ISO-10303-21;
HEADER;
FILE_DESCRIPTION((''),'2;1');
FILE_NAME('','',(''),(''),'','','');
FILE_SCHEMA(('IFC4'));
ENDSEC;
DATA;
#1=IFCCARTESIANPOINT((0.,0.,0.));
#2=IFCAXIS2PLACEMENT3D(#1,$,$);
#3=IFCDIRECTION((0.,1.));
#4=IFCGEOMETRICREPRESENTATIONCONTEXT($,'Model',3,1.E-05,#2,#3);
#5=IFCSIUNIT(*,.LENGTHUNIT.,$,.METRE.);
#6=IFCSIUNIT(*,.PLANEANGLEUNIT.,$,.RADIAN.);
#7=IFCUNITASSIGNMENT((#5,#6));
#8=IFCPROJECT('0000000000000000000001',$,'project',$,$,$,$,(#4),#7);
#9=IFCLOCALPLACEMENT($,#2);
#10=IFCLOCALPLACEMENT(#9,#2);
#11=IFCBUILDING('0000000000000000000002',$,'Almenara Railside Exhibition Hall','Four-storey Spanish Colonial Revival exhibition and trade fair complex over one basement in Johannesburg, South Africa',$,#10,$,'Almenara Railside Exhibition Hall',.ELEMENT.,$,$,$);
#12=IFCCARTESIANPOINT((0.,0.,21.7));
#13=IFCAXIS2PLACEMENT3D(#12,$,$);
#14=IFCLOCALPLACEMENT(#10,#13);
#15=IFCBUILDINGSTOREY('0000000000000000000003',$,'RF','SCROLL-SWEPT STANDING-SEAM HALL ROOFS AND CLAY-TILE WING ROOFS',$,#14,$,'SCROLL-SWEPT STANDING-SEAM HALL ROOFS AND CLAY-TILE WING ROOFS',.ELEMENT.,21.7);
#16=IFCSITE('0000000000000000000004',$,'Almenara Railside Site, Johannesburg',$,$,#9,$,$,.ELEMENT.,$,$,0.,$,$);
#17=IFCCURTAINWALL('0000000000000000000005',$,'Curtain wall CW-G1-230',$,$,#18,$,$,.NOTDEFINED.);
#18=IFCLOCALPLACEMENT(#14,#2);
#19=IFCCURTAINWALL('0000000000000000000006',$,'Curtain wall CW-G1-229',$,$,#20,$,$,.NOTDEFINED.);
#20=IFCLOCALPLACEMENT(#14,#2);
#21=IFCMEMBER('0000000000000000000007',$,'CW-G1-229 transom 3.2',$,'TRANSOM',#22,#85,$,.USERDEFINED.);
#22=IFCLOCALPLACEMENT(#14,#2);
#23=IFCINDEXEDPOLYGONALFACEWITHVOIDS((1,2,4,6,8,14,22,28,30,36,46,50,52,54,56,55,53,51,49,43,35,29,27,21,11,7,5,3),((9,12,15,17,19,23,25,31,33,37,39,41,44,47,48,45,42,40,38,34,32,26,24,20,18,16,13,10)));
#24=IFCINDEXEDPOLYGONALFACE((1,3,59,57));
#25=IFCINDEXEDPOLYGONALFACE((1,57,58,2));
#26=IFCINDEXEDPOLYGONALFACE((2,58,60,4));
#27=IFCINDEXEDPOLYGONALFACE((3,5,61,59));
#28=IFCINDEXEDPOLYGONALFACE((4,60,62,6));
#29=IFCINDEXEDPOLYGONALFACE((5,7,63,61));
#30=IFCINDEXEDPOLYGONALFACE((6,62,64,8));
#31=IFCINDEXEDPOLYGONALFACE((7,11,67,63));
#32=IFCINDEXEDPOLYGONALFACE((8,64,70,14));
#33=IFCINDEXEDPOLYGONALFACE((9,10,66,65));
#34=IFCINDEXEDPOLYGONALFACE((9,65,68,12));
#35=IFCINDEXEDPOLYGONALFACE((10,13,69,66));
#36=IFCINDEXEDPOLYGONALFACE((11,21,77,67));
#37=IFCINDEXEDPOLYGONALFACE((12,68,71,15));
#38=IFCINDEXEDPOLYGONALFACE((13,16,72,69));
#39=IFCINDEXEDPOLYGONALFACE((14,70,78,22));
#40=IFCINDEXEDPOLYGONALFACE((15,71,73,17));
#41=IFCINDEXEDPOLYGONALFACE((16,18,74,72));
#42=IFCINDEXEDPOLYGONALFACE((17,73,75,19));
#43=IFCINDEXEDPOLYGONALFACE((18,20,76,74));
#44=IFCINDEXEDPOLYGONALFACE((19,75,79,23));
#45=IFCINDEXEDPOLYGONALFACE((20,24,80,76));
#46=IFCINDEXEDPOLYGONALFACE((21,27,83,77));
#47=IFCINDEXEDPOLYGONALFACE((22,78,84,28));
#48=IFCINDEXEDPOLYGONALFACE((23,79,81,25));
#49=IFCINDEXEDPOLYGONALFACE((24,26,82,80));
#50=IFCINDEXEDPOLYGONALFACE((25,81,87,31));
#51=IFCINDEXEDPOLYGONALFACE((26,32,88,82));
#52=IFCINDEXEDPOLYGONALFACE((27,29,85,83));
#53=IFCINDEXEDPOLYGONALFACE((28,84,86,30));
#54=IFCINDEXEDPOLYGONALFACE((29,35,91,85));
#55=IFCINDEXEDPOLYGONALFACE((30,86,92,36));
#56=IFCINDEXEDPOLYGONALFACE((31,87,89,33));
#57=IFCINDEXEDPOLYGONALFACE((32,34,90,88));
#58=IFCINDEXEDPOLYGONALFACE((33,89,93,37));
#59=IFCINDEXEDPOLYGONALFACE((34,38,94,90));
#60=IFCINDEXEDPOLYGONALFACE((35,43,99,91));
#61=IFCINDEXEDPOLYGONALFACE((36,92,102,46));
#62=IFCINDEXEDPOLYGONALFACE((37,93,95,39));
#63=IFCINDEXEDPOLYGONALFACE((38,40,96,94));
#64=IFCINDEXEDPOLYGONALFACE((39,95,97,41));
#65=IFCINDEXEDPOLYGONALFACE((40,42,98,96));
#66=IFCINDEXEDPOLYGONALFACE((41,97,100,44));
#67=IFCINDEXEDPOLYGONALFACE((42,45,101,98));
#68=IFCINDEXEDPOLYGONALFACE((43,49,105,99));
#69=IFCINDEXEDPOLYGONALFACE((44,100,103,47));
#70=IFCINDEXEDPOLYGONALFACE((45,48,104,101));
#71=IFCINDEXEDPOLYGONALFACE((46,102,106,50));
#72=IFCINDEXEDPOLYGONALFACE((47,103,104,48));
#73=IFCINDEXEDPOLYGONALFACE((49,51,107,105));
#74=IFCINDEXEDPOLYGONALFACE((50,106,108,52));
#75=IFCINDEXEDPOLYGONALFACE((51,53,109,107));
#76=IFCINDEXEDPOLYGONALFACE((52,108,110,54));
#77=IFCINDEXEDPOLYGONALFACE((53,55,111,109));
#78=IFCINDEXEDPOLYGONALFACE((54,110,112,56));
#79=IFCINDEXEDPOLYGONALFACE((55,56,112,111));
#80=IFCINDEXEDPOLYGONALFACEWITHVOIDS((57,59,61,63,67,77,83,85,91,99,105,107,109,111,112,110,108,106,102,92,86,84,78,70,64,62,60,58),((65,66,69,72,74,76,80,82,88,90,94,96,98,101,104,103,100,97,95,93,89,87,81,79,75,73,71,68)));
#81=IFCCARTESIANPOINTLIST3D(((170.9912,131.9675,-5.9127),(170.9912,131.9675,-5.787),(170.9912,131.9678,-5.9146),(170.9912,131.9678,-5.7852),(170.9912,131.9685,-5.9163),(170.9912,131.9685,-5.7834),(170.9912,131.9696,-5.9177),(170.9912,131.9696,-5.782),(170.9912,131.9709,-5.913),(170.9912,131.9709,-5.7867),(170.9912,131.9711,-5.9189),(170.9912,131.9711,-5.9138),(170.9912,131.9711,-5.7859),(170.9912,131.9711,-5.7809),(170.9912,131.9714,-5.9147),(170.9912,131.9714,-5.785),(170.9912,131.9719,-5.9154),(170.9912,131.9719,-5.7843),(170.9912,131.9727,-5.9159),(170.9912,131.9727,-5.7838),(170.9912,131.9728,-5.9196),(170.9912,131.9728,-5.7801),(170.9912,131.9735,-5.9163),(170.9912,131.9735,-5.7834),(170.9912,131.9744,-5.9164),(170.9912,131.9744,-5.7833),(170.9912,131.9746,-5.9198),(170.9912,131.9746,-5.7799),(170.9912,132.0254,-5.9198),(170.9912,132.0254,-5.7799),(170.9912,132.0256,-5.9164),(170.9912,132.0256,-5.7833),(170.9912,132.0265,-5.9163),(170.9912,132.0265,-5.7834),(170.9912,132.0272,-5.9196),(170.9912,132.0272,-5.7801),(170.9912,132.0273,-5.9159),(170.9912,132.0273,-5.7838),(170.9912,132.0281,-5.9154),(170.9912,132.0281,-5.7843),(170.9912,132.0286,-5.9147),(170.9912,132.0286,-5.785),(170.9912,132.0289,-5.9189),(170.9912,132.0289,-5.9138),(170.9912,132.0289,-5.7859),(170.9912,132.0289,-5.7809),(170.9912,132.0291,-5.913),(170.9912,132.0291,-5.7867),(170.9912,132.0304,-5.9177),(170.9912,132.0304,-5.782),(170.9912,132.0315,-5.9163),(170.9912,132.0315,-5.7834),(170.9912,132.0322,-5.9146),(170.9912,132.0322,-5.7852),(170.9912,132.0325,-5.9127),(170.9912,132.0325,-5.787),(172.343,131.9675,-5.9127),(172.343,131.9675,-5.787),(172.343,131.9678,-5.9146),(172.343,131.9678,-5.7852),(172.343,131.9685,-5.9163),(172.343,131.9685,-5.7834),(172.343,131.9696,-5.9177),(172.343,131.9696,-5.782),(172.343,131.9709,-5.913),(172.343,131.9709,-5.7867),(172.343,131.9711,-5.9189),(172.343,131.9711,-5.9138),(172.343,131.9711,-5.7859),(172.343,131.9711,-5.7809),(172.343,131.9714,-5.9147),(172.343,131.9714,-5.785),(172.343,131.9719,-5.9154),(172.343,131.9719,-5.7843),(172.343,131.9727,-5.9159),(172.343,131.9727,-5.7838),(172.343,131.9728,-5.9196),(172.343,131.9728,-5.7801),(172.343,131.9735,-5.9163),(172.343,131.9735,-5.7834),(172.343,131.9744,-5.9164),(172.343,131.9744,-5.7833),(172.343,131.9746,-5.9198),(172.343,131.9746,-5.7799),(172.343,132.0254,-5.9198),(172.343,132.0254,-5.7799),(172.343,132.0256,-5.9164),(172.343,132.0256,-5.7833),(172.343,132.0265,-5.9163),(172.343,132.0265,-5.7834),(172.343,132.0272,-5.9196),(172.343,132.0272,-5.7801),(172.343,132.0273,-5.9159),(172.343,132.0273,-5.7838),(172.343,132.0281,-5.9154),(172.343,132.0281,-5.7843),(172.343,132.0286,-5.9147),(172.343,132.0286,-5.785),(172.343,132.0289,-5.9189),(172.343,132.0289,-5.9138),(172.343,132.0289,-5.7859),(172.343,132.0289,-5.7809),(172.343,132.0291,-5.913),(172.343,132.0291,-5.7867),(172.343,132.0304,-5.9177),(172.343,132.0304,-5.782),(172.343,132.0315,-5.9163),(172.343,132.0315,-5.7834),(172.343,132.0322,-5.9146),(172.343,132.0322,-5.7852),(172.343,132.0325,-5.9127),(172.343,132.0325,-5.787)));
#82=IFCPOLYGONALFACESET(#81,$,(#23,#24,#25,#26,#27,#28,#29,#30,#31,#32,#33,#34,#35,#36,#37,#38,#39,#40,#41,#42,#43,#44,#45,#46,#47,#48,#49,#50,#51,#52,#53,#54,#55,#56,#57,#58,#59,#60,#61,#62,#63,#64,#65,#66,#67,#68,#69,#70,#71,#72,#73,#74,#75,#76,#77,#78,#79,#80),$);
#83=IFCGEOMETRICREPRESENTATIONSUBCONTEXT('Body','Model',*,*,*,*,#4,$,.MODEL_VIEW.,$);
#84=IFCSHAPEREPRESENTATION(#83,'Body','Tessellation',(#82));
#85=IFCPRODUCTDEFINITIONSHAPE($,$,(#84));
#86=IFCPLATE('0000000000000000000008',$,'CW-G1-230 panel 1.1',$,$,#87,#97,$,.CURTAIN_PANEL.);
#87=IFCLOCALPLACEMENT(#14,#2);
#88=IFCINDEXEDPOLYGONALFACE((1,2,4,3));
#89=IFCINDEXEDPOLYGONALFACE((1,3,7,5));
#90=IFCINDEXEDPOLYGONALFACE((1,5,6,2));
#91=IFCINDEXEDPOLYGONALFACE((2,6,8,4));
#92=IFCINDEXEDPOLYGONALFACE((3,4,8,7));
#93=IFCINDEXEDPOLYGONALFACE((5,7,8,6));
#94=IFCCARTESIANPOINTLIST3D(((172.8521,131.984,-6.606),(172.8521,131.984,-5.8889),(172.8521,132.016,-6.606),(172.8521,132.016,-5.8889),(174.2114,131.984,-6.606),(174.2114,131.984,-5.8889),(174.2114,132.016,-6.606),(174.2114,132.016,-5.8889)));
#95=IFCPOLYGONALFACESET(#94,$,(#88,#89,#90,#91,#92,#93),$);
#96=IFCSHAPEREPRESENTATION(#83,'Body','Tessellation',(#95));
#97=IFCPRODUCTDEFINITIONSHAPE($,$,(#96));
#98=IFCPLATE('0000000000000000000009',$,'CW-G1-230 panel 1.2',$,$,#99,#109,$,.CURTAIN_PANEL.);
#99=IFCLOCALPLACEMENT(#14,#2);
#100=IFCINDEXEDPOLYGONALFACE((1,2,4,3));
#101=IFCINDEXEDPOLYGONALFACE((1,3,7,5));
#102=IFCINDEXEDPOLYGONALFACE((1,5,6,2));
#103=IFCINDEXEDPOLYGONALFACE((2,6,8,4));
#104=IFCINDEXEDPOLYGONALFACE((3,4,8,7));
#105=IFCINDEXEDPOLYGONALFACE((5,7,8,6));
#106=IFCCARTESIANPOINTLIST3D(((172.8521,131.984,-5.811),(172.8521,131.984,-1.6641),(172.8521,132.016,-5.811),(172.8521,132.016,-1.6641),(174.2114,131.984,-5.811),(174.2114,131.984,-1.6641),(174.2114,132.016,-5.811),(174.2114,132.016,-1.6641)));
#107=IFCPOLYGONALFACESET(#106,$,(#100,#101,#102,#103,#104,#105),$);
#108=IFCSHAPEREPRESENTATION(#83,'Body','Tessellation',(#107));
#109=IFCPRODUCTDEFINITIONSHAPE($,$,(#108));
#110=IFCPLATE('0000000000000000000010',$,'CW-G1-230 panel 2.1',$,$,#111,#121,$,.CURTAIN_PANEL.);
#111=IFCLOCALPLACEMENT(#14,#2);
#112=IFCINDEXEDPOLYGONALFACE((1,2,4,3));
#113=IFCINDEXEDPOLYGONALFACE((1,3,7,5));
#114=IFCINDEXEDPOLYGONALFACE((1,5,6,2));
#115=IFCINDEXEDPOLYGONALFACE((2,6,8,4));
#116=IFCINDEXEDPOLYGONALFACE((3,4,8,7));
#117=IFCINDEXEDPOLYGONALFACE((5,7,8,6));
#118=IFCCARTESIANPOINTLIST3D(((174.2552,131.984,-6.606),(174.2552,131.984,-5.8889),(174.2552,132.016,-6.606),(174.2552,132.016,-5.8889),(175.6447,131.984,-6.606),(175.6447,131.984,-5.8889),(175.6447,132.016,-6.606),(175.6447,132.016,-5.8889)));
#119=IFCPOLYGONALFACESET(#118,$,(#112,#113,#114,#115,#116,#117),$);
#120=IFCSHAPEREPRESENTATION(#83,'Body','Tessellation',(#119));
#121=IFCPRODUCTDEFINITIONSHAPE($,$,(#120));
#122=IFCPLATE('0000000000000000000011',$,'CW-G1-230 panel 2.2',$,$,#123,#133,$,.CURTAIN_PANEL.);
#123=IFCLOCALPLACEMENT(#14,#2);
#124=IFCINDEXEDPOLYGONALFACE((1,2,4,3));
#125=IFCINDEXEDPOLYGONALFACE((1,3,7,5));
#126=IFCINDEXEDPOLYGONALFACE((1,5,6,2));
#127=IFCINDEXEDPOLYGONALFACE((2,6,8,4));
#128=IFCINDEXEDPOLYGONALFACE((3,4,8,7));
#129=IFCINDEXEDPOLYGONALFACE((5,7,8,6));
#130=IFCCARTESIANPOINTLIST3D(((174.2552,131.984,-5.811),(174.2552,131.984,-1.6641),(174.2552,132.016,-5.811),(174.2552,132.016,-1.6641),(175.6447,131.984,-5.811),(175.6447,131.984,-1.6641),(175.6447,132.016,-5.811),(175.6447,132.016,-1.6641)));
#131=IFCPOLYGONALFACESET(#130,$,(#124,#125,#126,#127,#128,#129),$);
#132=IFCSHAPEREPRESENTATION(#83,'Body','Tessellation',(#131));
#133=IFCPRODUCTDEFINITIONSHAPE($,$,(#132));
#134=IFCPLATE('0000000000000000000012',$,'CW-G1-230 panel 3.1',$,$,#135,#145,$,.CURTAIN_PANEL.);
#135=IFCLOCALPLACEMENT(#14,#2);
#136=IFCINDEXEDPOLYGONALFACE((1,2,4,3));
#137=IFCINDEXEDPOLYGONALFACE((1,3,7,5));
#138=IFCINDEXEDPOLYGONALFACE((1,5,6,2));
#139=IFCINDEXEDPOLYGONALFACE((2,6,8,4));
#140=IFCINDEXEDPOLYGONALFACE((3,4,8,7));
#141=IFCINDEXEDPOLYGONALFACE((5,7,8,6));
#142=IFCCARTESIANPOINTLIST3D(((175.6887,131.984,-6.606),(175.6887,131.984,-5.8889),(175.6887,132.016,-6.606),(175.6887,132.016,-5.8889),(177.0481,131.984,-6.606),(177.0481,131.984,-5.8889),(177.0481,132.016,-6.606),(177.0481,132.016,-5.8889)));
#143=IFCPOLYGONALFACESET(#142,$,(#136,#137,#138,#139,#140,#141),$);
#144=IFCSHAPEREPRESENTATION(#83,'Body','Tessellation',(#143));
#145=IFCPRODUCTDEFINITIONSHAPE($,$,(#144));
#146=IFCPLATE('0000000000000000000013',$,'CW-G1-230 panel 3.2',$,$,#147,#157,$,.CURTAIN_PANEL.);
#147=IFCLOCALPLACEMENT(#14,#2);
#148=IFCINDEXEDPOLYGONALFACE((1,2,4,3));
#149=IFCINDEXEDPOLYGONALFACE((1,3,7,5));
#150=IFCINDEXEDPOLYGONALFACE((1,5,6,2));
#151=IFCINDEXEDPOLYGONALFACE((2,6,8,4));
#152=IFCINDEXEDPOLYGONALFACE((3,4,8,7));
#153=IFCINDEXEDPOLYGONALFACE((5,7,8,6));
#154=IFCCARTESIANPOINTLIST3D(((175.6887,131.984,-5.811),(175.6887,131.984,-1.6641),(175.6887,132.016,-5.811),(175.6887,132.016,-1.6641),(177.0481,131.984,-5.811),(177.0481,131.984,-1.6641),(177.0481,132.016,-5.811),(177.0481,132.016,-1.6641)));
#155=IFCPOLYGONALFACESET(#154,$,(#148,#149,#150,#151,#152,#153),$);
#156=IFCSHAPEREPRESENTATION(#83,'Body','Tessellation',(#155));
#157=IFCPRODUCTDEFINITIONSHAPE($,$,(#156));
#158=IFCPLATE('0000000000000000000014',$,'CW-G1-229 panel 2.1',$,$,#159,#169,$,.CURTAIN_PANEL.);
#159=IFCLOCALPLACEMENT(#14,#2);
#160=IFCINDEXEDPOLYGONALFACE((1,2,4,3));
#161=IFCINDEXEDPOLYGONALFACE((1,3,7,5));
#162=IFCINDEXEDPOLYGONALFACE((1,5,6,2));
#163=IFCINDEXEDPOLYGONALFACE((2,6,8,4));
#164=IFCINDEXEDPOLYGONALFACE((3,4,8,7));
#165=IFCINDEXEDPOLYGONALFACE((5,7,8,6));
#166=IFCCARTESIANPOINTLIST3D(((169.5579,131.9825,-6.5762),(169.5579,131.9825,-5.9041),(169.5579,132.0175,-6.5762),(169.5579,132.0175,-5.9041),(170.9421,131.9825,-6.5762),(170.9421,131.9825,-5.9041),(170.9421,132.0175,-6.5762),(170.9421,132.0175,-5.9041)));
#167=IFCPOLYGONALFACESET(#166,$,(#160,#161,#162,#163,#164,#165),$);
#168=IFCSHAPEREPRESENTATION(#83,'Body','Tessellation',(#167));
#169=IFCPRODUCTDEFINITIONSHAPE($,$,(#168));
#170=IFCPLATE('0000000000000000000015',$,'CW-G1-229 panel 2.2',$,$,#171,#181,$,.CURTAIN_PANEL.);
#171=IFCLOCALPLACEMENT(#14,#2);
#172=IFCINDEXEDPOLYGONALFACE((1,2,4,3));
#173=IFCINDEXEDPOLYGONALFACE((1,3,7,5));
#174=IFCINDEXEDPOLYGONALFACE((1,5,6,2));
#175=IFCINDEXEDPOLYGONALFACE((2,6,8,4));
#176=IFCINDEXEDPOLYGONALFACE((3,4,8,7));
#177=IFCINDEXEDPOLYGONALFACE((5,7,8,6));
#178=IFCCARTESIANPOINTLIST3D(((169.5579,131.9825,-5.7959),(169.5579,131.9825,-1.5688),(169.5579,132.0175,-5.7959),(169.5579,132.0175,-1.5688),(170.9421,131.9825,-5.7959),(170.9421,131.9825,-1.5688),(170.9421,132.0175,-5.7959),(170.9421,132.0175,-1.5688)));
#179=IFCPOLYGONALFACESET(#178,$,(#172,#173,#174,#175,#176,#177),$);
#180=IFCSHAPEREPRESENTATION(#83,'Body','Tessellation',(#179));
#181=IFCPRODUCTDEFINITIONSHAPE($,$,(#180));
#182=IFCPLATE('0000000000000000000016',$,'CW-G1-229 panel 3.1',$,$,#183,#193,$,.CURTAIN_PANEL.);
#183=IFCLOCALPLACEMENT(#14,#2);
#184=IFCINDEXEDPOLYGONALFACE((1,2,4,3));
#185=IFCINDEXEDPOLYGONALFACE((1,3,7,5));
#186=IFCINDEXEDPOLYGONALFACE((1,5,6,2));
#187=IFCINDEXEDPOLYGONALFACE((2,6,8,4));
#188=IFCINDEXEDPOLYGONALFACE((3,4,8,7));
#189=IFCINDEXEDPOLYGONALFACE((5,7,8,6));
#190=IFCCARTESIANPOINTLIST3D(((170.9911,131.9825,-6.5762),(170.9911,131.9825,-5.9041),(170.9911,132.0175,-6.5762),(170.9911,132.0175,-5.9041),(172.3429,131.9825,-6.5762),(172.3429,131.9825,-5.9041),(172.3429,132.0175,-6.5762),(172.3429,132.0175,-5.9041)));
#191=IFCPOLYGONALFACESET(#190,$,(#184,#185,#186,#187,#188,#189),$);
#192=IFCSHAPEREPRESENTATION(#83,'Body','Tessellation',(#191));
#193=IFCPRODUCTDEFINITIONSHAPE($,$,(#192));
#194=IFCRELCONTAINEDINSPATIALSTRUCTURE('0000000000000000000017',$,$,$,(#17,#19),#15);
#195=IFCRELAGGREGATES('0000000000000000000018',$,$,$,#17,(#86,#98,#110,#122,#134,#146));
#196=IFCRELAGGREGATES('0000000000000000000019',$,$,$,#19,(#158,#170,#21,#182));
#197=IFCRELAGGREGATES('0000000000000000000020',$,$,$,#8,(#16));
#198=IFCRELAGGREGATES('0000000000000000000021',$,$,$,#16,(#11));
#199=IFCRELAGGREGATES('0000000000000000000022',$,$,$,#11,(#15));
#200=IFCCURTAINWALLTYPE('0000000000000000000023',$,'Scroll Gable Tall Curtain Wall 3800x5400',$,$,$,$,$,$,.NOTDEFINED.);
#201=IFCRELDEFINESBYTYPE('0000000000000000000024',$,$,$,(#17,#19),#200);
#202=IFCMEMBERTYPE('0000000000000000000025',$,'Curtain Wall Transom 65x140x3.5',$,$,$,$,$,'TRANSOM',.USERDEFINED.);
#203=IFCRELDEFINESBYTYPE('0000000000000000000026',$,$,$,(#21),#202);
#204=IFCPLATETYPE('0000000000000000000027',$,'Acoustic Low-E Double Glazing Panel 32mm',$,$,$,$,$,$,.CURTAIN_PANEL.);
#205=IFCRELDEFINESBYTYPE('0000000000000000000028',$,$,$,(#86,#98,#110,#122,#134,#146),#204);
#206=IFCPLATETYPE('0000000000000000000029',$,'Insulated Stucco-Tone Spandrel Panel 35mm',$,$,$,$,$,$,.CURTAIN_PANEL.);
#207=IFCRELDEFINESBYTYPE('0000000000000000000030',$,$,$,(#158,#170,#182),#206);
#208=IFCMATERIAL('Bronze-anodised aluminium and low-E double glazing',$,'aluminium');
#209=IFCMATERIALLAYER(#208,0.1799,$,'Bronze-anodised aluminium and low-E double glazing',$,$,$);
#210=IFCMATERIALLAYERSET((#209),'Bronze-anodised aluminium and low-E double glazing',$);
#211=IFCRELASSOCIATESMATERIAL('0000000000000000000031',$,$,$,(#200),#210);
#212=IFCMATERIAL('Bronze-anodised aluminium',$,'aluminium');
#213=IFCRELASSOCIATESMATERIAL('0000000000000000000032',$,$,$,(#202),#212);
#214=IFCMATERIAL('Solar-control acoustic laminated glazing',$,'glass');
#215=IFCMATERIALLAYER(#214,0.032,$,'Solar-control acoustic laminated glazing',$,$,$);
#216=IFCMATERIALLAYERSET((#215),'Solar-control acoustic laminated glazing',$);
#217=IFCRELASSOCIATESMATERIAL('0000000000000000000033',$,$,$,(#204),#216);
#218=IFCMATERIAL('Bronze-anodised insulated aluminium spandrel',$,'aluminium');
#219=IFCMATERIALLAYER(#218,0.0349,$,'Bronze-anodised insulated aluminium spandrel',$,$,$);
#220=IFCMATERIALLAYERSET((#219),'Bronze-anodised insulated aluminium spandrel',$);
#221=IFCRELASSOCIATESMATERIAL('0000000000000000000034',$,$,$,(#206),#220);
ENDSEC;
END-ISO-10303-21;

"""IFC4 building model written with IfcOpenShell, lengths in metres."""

from ifc_helpers import new_model, si_unit, direction, frame, origin, origin_2d, place, context, subcontext, project, spatial, rectangle, hollow_rectangle, extrude, material, layer, layer_set, material_profile, profile_set, type_object, element, aggregate, save


model = new_model("IFC4")

# Units and contexts
model_context = context("Model", 3, precision=1e-05, world=origin(), true_north=direction((0.0, 1.0)))
body_context = subcontext(model_context, "Body", "Model", "MODEL_VIEW")
ifc_project = project(units=[si_unit("LENGTHUNIT", "METRE"), si_unit("PLANEANGLEUNIT", "RADIAN")], contexts=[model_context])

# Site, building, storey
site_placement = place(None, origin())
site = spatial("IfcSite", under=ifc_project, at=site_placement, Name="Almenara Railside Site, Johannesburg", CompositionType="ELEMENT", RefElevation=0.0)
building_placement = place(site_placement, origin())
building = spatial("IfcBuilding", under=site, at=building_placement, Name="Almenara Railside Exhibition Hall", Description="Four-storey Spanish Colonial Revival exhibition and trade fair complex over one basement in Johannesburg, South Africa", LongName="Almenara Railside Exhibition Hall", CompositionType="ELEMENT")
storey_placement = place(building_placement, frame((0.0, 0.0, 21.7)))
storey = spatial("IfcBuildingStorey", under=building, at=storey_placement, Name="RF", Description="SCROLL-SWEPT STANDING-SEAM HALL ROOFS AND CLAY-TILE WING ROOFS", LongName="SCROLL-SWEPT STANDING-SEAM HALL ROOFS AND CLAY-TILE WING ROOFS", CompositionType="ELEMENT", Elevation=21.7)

# Curtain walls
ifc_material_1 = material(Name="Bronze-anodised aluminium and low-E double glazing", Category="aluminium")
ifc_layer_1 = layer(ifc_material_1, 0.1799, Name="Bronze-anodised aluminium and low-E double glazing")
ifc_layer_set_1 = layer_set([ifc_layer_1], Name="Bronze-anodised aluminium and low-E double glazing")
curtain_wall_type = type_object("IfcCurtainWallType", Name="Scroll Gable Tall Curtain Wall 3800x5400", PredefinedType="NOTDEFINED", material=ifc_layer_set_1)
ifc_material_2 = material(Name="Bronze-anodised aluminium", Category="aluminium")
curtain_wall_1_placement = place(storey_placement, origin())
curtain_wall_1 = element("IfcCurtainWall", 1, at=curtain_wall_1_placement, inside=storey, type_object=curtain_wall_type, Name="Curtain wall CW-G1-230", PredefinedType="NOTDEFINED")
curtain_wall_2_placement = place(storey_placement, origin())
curtain_wall_2 = element("IfcCurtainWall", 2, at=curtain_wall_2_placement, inside=storey, type_object=curtain_wall_type, Name="Curtain wall CW-G1-229", PredefinedType="NOTDEFINED")

# Member
ifc_material_profile_1 = material_profile(ifc_material_2, hollow_rectangle(XDim=0.0649, YDim=0.1399, WallThickness=0.0034, InnerFilletRadius=0.0034, OuterFilletRadius=0.0071, at=origin_2d()), Name="ALU-TRN 65x140x3.5")
ifc_profile_set_1 = profile_set([ifc_material_profile_1], Name="Bronze-anodised aluminium")
member_type_1 = type_object("IfcMemberType", Name="Curtain Wall Transom 65x140x3.5", ElementType="TRANSOM", PredefinedType="USERDEFINED", material=ifc_profile_set_1)
member_1_placement = place(storey_placement, frame((170.9912, 132.0, -5.8499), z_axis=(1.0, 0.0, 0.0), x_axis=(0.0, 1.0, 0.0)))
member_1 = element("IfcMember", 3, at=member_1_placement, type_object=member_type_1, Name="CW-G1-229 transom 3.2", ObjectType="TRANSOM", PredefinedType="USERDEFINED", context=body_context, shape_type="SweptSolid", body=[
    extrude(hollow_rectangle(XDim=0.0649, YDim=0.1399, WallThickness=0.0034, InnerFilletRadius=0.0034, OuterFilletRadius=0.0071, at=origin_2d()), origin(), (0.0, 0.0, 1.0), 1.3518),
])

# Plates
ifc_material_3 = material(Name="Solar-control acoustic laminated glazing", Category="glass")
ifc_layer_2 = layer(ifc_material_3, 0.032, Name="Solar-control acoustic laminated glazing")
ifc_layer_set_2 = layer_set([ifc_layer_2], Name="Solar-control acoustic laminated glazing")
plate_type_1 = type_object("IfcPlateType", Name="Acoustic Low-E Double Glazing Panel 32mm", PredefinedType="CURTAIN_PANEL", material=ifc_layer_set_2)
plate_1_placement = place(storey_placement, frame((173.5317, 132.0, -6.606), z_axis=(0.0, 0.0, 1.0), x_axis=(1.0, 0.0, 0.0)))
plate_1 = element("IfcPlate", 4, at=plate_1_placement, type_object=plate_type_1, Name="CW-G1-230 panel 1.1", PredefinedType="CURTAIN_PANEL", context=body_context, shape_type="SweptSolid", body=[
    extrude(rectangle(XDim=1.3594, YDim=0.032, at=origin_2d()), origin(), (0.0, 0.0, 1.0), 0.717),
])
plate_2_placement = place(storey_placement, frame((173.5317, 132.0, -5.811), z_axis=(0.0, 0.0, 1.0), x_axis=(1.0, 0.0, 0.0)))
plate_2 = element("IfcPlate", 5, at=plate_2_placement, type_object=plate_type_1, Name="CW-G1-230 panel 1.2", PredefinedType="CURTAIN_PANEL", context=body_context, shape_type="SweptSolid", body=[
    extrude(rectangle(XDim=1.3594, YDim=0.032, at=origin_2d()), origin(), (0.0, 0.0, 1.0), 4.147),
])
plate_3_placement = place(storey_placement, frame((174.95, 132.0, -6.606), z_axis=(0.0, 0.0, 1.0), x_axis=(1.0, 0.0, 0.0)))
plate_3 = element("IfcPlate", 6, at=plate_3_placement, type_object=plate_type_1, Name="CW-G1-230 panel 2.1", PredefinedType="CURTAIN_PANEL", context=body_context, shape_type="SweptSolid", body=[
    extrude(rectangle(XDim=1.3894, YDim=0.032, at=origin_2d()), origin(), (0.0, 0.0, 1.0), 0.717),
])
plate_4_placement = place(storey_placement, frame((174.95, 132.0, -5.811), z_axis=(0.0, 0.0, 1.0), x_axis=(1.0, 0.0, 0.0)))
plate_4 = element("IfcPlate", 7, at=plate_4_placement, type_object=plate_type_1, Name="CW-G1-230 panel 2.2", PredefinedType="CURTAIN_PANEL", context=body_context, shape_type="SweptSolid", body=[
    extrude(rectangle(XDim=1.3894, YDim=0.032, at=origin_2d()), origin(), (0.0, 0.0, 1.0), 4.147),
])
plate_5_placement = place(storey_placement, frame((176.3684, 132.0, -6.606), z_axis=(0.0, 0.0, 1.0), x_axis=(1.0, 0.0, 0.0)))
plate_5 = element("IfcPlate", 8, at=plate_5_placement, type_object=plate_type_1, Name="CW-G1-230 panel 3.1", PredefinedType="CURTAIN_PANEL", context=body_context, shape_type="SweptSolid", body=[
    extrude(rectangle(XDim=1.3594, YDim=0.032, at=origin_2d()), origin(), (0.0, 0.0, 1.0), 0.717),
])
plate_6_placement = place(storey_placement, frame((176.3684, 132.0, -5.811), z_axis=(0.0, 0.0, 1.0), x_axis=(1.0, 0.0, 0.0)))
plate_6 = element("IfcPlate", 9, at=plate_6_placement, type_object=plate_type_1, Name="CW-G1-230 panel 3.2", PredefinedType="CURTAIN_PANEL", context=body_context, shape_type="SweptSolid", body=[
    extrude(rectangle(XDim=1.3594, YDim=0.032, at=origin_2d()), origin(), (0.0, 0.0, 1.0), 4.147),
])
aggregate(curtain_wall_1, [plate_1, plate_2, plate_3, plate_4, plate_5, plate_6])
ifc_material_4 = material(Name="Bronze-anodised insulated aluminium spandrel", Category="aluminium")
ifc_layer_3 = layer(ifc_material_4, 0.0349, Name="Bronze-anodised insulated aluminium spandrel")
ifc_layer_set_3 = layer_set([ifc_layer_3], Name="Bronze-anodised insulated aluminium spandrel")
plate_type_2 = type_object("IfcPlateType", Name="Insulated Stucco-Tone Spandrel Panel 35mm", PredefinedType="CURTAIN_PANEL", material=ifc_layer_set_3)
plate_7_placement = place(storey_placement, frame((170.25, 132.0, -6.5762), z_axis=(0.0, 0.0, 1.0), x_axis=(1.0, 0.0, 0.0)))
plate_7 = element("IfcPlate", 10, at=plate_7_placement, type_object=plate_type_2, Name="CW-G1-229 panel 2.1", PredefinedType="CURTAIN_PANEL", context=body_context, shape_type="SweptSolid", body=[
    extrude(rectangle(XDim=1.3843, YDim=0.0349, at=origin_2d()), origin(), (0.0, 0.0, 1.0), 0.6721),
])
plate_8_placement = place(storey_placement, frame((170.25, 132.0, -5.7959), z_axis=(0.0, 0.0, 1.0), x_axis=(1.0, 0.0, 0.0)))
plate_8 = element("IfcPlate", 11, at=plate_8_placement, type_object=plate_type_2, Name="CW-G1-229 panel 2.2", PredefinedType="CURTAIN_PANEL", context=body_context, shape_type="SweptSolid", body=[
    extrude(rectangle(XDim=1.3843, YDim=0.0349, at=origin_2d()), origin(), (0.0, 0.0, 1.0), 4.2271),
])
plate_9_placement = place(storey_placement, frame((171.667, 132.0, -6.5762), z_axis=(0.0, 0.0, 1.0), x_axis=(1.0, 0.0, 0.0)))
plate_9 = element("IfcPlate", 12, at=plate_9_placement, type_object=plate_type_2, Name="CW-G1-229 panel 3.1", PredefinedType="CURTAIN_PANEL", context=body_context, shape_type="SweptSolid", body=[
    extrude(rectangle(XDim=1.3518, YDim=0.0349, at=origin_2d()), origin(), (0.0, 0.0, 1.0), 0.6721),
])
aggregate(curtain_wall_2, [plate_7, plate_8, member_1, plate_9])

save(model, "model.ifc")
